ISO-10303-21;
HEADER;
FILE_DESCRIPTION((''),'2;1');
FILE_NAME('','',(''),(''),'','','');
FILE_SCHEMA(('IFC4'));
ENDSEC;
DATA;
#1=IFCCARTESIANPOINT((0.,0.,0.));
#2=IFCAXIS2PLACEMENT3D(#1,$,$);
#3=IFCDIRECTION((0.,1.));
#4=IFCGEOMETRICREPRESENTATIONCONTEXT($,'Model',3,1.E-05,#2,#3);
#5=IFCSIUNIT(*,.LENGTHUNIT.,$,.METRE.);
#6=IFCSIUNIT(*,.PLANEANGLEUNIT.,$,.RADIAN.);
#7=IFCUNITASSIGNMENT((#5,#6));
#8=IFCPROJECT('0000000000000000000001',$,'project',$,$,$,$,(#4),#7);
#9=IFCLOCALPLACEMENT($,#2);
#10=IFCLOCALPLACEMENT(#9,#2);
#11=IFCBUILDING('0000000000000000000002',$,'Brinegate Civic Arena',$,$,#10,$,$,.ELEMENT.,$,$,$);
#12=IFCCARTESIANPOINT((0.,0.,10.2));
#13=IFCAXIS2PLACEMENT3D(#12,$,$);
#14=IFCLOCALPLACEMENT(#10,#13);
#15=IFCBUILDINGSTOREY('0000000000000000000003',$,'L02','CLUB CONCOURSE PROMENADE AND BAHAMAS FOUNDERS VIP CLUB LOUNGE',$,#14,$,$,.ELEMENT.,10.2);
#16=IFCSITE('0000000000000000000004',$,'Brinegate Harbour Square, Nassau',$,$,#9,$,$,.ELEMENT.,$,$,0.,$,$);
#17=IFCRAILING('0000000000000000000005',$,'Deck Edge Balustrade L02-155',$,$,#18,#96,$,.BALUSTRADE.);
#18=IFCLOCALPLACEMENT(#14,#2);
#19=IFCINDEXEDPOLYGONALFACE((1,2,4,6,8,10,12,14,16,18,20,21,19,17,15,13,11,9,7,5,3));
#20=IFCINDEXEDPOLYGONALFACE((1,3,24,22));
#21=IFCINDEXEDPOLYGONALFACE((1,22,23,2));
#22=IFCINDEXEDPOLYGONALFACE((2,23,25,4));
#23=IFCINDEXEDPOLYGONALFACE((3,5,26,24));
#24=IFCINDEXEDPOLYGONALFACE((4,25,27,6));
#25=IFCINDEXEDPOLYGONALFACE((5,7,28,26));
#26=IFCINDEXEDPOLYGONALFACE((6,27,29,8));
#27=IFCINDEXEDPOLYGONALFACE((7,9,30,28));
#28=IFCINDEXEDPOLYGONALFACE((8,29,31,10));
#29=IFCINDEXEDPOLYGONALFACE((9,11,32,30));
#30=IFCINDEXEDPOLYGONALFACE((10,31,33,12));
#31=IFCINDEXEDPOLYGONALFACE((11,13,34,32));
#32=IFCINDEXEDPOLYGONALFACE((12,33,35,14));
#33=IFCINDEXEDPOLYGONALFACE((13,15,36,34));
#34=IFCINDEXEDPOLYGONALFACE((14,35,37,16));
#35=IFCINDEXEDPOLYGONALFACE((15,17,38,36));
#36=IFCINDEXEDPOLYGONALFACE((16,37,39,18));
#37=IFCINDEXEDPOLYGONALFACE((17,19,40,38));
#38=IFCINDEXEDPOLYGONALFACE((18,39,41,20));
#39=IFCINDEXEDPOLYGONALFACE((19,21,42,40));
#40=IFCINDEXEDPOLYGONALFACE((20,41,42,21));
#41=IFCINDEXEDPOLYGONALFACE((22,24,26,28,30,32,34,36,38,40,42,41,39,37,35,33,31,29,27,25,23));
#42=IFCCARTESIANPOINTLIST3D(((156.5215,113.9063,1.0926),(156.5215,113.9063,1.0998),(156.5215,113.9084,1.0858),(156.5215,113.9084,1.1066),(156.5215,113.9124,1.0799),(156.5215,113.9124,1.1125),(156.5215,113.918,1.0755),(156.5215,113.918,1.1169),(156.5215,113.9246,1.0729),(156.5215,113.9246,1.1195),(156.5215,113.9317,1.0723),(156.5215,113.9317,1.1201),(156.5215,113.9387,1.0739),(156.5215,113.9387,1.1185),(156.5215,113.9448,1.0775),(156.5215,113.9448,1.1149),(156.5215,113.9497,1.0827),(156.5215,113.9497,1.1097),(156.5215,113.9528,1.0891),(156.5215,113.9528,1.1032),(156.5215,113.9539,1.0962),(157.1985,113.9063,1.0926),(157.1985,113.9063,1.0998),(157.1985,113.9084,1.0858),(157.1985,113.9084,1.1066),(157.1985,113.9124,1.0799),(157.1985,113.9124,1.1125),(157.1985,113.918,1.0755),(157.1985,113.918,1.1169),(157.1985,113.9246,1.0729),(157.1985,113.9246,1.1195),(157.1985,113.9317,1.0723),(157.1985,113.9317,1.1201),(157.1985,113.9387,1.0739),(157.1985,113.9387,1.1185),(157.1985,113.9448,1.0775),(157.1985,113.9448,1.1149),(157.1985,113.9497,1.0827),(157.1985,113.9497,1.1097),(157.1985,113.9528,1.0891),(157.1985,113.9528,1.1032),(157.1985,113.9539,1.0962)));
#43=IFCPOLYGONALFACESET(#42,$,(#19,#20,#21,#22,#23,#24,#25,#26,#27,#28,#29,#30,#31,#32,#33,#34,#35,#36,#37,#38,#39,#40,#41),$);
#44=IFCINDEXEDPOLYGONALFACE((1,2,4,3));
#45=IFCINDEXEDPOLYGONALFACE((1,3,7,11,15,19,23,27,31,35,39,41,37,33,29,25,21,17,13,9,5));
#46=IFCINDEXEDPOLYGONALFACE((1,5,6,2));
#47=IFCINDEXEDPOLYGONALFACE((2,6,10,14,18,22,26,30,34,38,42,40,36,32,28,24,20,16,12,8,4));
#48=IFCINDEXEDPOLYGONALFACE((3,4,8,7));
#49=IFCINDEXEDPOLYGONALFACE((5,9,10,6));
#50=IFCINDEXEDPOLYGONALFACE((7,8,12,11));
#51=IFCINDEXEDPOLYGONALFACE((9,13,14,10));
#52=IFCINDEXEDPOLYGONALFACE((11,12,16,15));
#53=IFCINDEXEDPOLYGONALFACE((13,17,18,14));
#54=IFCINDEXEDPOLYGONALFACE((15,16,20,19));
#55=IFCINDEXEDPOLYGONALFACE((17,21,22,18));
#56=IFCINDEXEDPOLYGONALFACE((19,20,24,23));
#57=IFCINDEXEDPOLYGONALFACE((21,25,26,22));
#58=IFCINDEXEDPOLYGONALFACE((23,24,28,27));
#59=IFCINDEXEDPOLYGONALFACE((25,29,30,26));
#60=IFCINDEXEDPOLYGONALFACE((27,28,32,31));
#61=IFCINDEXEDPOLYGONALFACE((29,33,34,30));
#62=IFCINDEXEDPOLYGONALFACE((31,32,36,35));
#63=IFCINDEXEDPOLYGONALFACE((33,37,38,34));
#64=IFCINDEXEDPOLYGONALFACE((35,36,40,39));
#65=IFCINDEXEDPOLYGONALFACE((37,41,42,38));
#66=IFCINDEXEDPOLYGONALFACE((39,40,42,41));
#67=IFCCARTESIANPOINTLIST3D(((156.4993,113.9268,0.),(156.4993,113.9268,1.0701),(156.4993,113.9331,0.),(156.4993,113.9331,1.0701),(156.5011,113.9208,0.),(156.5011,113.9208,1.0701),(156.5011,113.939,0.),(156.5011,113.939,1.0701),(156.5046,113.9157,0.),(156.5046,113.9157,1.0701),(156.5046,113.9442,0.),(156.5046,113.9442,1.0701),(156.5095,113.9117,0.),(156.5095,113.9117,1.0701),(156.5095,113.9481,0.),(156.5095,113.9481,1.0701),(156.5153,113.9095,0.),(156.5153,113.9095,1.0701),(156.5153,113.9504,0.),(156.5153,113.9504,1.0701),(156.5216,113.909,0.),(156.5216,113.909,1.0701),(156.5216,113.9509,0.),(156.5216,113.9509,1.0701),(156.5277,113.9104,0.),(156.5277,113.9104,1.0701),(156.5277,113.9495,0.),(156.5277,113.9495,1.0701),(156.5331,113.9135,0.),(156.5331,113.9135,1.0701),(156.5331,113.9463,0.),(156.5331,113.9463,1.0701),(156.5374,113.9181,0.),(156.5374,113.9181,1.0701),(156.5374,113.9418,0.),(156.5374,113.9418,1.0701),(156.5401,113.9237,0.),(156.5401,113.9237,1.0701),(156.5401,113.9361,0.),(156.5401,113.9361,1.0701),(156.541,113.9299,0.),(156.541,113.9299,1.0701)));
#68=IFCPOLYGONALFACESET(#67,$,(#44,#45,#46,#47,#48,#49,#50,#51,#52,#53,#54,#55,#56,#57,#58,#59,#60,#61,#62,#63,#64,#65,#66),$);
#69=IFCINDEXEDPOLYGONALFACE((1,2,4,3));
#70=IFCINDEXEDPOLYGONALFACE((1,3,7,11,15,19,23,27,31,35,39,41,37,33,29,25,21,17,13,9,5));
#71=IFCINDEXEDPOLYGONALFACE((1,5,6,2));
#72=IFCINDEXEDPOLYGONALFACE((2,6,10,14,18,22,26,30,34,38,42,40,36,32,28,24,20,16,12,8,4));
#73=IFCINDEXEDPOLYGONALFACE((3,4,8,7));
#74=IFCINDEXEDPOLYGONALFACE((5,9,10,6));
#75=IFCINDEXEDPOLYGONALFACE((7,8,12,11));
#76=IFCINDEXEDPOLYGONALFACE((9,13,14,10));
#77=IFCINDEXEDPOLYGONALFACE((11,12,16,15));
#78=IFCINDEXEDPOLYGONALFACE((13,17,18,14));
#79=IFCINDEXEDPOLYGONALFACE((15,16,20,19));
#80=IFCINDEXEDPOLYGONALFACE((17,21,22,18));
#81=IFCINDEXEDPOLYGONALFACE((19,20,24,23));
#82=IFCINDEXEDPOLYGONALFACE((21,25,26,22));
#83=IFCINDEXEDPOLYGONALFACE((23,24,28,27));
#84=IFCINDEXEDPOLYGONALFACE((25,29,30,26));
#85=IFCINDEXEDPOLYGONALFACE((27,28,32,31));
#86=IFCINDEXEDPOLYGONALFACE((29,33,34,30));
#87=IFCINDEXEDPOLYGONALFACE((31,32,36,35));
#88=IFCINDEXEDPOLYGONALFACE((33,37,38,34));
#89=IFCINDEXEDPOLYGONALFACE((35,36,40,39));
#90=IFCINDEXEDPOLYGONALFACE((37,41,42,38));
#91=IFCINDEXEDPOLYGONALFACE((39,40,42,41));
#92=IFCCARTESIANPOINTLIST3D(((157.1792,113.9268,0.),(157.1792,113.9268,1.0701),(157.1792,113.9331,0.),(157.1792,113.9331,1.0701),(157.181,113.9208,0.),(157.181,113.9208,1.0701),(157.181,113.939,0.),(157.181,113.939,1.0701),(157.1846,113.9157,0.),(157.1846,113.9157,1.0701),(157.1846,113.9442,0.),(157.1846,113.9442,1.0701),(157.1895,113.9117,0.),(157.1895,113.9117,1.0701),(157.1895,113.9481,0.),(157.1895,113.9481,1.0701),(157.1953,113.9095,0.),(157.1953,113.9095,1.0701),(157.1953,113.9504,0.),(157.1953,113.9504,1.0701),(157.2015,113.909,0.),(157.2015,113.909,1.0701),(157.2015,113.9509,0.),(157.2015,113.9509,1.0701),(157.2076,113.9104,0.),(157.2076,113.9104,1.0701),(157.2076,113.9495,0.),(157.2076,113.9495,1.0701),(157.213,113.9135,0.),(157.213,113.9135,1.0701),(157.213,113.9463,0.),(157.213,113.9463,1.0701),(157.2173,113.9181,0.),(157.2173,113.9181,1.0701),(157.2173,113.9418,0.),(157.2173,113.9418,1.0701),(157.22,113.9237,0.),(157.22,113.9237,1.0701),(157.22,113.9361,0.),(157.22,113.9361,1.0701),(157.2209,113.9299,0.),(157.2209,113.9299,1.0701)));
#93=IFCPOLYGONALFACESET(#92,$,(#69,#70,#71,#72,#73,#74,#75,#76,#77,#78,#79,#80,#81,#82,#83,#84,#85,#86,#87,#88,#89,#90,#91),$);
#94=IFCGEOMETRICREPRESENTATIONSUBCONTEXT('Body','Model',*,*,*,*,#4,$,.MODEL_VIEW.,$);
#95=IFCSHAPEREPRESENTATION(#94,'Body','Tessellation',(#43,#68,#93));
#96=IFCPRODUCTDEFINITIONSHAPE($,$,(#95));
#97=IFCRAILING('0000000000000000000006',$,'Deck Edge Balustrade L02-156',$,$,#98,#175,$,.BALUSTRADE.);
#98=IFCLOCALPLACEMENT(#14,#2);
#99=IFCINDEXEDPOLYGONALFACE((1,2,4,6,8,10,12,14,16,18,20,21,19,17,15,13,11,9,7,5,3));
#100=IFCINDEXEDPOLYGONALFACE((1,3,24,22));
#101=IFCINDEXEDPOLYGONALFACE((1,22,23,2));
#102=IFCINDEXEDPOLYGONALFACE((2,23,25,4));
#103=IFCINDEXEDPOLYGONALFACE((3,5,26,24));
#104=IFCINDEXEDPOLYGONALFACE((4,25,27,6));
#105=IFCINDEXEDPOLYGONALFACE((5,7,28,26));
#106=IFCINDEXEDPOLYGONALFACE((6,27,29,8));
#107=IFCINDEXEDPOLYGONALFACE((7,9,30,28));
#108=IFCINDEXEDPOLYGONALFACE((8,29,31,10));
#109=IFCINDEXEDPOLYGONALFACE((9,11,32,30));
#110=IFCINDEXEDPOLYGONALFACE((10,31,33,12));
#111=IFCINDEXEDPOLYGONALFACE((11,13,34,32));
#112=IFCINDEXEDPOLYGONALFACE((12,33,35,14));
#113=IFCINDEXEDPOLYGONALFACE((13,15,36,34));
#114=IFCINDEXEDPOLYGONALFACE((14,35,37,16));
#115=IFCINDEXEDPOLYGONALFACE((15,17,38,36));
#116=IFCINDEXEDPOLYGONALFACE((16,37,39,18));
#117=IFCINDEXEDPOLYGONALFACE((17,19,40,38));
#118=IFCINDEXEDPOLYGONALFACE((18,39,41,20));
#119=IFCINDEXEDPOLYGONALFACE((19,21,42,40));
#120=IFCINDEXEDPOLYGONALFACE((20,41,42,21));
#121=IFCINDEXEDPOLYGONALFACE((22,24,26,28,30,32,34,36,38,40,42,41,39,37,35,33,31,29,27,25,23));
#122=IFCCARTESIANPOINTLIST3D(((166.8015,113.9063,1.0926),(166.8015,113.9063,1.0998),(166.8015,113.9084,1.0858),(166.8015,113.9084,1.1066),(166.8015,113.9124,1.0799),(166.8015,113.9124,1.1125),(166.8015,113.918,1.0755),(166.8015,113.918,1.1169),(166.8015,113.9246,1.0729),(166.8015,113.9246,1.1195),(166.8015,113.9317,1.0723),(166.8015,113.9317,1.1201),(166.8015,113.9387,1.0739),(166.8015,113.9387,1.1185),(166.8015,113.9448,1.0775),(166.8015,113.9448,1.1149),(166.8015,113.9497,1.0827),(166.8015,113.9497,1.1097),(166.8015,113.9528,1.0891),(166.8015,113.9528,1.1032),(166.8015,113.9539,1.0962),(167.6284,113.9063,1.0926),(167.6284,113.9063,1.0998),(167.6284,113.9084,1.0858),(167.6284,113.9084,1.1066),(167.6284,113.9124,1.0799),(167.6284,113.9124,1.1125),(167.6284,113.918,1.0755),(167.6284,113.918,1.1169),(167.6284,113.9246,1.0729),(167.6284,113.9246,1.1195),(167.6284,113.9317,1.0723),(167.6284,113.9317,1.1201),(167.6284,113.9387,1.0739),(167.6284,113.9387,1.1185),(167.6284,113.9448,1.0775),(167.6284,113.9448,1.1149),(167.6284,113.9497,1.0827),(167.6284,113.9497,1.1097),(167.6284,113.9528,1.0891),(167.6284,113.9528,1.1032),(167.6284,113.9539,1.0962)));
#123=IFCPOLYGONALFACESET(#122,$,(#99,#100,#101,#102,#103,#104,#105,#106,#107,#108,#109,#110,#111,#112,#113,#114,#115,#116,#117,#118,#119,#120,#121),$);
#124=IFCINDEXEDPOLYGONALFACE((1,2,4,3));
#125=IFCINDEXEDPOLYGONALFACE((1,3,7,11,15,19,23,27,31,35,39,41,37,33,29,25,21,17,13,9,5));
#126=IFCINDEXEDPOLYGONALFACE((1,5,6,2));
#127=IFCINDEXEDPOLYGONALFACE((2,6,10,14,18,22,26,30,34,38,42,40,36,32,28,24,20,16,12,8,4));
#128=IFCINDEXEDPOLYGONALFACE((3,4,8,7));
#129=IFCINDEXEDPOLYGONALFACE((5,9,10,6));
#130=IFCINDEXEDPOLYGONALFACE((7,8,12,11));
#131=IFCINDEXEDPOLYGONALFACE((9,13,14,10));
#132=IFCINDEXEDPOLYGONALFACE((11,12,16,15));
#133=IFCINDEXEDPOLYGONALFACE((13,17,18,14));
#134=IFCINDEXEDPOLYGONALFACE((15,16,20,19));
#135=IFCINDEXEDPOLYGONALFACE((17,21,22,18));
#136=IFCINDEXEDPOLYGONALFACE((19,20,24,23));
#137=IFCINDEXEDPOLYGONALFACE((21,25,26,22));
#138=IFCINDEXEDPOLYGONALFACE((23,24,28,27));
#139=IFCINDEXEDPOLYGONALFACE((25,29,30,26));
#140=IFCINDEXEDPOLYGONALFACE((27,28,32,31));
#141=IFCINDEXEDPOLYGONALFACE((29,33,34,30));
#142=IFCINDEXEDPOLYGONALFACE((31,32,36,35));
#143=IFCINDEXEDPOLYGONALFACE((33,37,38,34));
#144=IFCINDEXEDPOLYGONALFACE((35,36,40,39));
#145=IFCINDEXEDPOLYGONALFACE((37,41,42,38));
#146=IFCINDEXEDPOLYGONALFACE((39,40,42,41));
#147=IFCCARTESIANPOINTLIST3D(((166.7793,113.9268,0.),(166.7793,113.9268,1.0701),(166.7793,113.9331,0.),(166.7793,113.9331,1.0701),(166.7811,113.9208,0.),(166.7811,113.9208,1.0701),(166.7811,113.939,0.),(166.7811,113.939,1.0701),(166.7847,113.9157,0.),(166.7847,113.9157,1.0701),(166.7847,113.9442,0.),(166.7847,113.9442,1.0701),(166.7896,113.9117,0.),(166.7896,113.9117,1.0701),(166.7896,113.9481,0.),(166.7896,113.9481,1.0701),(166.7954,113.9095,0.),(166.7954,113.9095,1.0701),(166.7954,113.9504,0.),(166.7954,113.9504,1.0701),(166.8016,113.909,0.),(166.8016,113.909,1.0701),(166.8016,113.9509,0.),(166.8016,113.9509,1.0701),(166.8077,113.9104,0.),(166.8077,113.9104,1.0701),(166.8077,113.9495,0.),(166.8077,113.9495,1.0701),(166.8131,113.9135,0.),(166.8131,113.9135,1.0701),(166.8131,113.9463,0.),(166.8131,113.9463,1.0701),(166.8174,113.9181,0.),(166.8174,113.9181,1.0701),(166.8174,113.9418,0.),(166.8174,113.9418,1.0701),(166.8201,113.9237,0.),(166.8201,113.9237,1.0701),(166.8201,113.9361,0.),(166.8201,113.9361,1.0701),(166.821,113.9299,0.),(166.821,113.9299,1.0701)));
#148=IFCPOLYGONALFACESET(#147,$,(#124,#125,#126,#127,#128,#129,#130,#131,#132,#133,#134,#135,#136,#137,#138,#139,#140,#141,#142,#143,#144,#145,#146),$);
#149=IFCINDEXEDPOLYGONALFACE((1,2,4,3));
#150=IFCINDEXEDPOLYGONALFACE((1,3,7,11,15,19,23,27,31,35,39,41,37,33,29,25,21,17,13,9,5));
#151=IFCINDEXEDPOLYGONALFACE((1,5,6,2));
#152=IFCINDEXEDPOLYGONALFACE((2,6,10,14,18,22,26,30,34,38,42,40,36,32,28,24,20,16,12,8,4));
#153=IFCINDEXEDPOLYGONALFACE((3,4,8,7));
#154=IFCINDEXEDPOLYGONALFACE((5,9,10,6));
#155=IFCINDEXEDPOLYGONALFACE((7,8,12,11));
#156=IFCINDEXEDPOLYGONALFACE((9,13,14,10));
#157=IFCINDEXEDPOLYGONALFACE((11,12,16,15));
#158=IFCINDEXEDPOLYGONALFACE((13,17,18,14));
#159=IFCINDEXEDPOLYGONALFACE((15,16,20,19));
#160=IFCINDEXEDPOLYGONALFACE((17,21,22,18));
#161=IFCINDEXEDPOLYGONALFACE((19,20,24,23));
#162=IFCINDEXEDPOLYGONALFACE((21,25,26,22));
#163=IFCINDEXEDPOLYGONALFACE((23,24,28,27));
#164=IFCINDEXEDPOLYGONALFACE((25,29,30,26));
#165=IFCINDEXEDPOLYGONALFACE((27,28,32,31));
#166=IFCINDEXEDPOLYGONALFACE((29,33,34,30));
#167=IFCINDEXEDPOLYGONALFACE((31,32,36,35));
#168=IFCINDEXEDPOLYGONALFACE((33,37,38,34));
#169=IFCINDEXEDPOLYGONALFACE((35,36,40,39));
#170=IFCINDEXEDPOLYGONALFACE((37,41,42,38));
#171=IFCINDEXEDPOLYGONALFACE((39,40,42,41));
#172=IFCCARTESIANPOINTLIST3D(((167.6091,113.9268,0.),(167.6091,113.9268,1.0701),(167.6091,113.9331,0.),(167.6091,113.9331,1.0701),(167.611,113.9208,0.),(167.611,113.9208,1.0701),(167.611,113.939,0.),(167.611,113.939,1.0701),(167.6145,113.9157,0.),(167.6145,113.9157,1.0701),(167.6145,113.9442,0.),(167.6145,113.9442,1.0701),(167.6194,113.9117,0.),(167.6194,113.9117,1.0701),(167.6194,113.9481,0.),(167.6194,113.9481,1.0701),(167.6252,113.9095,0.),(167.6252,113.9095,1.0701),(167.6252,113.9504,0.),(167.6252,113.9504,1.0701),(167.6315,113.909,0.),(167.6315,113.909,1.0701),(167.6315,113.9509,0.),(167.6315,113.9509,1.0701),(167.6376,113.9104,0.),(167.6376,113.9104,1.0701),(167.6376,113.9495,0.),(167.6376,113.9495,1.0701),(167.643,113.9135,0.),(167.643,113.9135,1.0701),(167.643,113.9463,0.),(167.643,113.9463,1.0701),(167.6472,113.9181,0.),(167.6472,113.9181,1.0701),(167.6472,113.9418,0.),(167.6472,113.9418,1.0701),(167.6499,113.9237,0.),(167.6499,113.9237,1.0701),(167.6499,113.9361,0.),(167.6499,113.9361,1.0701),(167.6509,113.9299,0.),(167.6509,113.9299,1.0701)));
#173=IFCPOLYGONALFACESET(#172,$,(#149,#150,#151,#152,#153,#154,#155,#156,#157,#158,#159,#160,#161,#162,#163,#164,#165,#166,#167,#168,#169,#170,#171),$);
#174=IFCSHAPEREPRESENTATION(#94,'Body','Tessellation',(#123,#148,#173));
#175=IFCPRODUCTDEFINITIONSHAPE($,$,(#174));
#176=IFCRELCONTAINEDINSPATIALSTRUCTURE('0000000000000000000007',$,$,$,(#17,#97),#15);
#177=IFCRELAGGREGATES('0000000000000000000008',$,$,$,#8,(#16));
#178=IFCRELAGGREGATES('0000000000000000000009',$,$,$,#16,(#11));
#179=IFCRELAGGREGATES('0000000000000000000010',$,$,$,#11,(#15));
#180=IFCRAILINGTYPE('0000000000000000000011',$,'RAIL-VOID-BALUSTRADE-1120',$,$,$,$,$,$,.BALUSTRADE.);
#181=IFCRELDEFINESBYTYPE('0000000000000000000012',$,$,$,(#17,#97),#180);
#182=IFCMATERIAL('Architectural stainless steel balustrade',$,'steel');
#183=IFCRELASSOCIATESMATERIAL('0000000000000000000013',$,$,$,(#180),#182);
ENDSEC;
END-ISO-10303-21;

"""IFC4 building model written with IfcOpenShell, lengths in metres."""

from ifc_helpers import new_model, si_unit, direction, frame, origin, origin_2d, place, context, subcontext, project, spatial, circle, extrude, material, type_object, element, save


model = new_model("IFC4")

# Units and contexts
model_context = context("Model", 3, precision=1e-05, world=origin(), true_north=direction((0.0, 1.0)))
body_context = subcontext(model_context, "Body", "Model", "MODEL_VIEW")
ifc_project = project(units=[si_unit("LENGTHUNIT", "METRE"), si_unit("PLANEANGLEUNIT", "RADIAN")], contexts=[model_context])

# Site, building, storey
site_placement = place(None, origin())
site = spatial("IfcSite", under=ifc_project, at=site_placement, Name="Brinegate Harbour Square, Nassau", CompositionType="ELEMENT", RefElevation=0.0)
building_placement = place(site_placement, origin())
building = spatial("IfcBuilding", under=site, at=building_placement, Name="Brinegate Civic Arena", CompositionType="ELEMENT")
storey_placement = place(building_placement, frame((0.0, 0.0, 10.2)))
storey = spatial("IfcBuildingStorey", under=building, at=storey_placement, Name="L02", Description="CLUB CONCOURSE PROMENADE AND BAHAMAS FOUNDERS VIP CLUB LOUNGE", CompositionType="ELEMENT", Elevation=10.2)

# Railings
ifc_material_1 = material(Name="Architectural stainless steel balustrade", Category="steel")
railing_type_1 = type_object("IfcRailingType", Name="RAIL-VOID-BALUSTRADE-1120", PredefinedType="BALUSTRADE", material=ifc_material_1)
railing_1_placement = place(storey_placement, frame((156.52, 113.9299, 0.0)))
element("IfcRailing", 1, at=railing_1_placement, inside=storey, type_object=railing_type_1, Name="Deck Edge Balustrade L02-155", PredefinedType="BALUSTRADE", context=body_context, shape_type="SweptSolid", body=[
    extrude(circle(Radius=0.0239, at=origin_2d()), frame((0.0015, 0.0, 1.0962), z_axis=(1.0, 0.0, 0.0), x_axis=(0.0, 1.0, 0.0)), (0.0, 0.0, 1.0), 0.677),
    extrude(circle(Radius=0.021, at=origin_2d()), origin(), (0.0, 0.0, 1.0), 1.0701),
    extrude(circle(Radius=0.021, at=origin_2d()), frame((0.6799, 0.0, 0.0)), (0.0, 0.0, 1.0), 1.0701),
])
railing_2_placement = place(storey_placement, frame((166.8, 113.9299, 0.0)))
element("IfcRailing", 2, at=railing_2_placement, inside=storey, type_object=railing_type_1, Name="Deck Edge Balustrade L02-156", PredefinedType="BALUSTRADE", context=body_context, shape_type="SweptSolid", body=[
    extrude(circle(Radius=0.0239, at=origin_2d()), frame((0.0015, 0.0, 1.0962), z_axis=(1.0, 0.0, 0.0), x_axis=(0.0, 1.0, 0.0)), (0.0, 0.0, 1.0), 0.8269),
    extrude(circle(Radius=0.021, at=origin_2d()), origin(), (0.0, 0.0, 1.0), 1.0701),
    extrude(circle(Radius=0.021, at=origin_2d()), frame((0.8298, 0.0, 0.0)), (0.0, 0.0, 1.0), 1.0701),
])

save(model, "model.ifc")
